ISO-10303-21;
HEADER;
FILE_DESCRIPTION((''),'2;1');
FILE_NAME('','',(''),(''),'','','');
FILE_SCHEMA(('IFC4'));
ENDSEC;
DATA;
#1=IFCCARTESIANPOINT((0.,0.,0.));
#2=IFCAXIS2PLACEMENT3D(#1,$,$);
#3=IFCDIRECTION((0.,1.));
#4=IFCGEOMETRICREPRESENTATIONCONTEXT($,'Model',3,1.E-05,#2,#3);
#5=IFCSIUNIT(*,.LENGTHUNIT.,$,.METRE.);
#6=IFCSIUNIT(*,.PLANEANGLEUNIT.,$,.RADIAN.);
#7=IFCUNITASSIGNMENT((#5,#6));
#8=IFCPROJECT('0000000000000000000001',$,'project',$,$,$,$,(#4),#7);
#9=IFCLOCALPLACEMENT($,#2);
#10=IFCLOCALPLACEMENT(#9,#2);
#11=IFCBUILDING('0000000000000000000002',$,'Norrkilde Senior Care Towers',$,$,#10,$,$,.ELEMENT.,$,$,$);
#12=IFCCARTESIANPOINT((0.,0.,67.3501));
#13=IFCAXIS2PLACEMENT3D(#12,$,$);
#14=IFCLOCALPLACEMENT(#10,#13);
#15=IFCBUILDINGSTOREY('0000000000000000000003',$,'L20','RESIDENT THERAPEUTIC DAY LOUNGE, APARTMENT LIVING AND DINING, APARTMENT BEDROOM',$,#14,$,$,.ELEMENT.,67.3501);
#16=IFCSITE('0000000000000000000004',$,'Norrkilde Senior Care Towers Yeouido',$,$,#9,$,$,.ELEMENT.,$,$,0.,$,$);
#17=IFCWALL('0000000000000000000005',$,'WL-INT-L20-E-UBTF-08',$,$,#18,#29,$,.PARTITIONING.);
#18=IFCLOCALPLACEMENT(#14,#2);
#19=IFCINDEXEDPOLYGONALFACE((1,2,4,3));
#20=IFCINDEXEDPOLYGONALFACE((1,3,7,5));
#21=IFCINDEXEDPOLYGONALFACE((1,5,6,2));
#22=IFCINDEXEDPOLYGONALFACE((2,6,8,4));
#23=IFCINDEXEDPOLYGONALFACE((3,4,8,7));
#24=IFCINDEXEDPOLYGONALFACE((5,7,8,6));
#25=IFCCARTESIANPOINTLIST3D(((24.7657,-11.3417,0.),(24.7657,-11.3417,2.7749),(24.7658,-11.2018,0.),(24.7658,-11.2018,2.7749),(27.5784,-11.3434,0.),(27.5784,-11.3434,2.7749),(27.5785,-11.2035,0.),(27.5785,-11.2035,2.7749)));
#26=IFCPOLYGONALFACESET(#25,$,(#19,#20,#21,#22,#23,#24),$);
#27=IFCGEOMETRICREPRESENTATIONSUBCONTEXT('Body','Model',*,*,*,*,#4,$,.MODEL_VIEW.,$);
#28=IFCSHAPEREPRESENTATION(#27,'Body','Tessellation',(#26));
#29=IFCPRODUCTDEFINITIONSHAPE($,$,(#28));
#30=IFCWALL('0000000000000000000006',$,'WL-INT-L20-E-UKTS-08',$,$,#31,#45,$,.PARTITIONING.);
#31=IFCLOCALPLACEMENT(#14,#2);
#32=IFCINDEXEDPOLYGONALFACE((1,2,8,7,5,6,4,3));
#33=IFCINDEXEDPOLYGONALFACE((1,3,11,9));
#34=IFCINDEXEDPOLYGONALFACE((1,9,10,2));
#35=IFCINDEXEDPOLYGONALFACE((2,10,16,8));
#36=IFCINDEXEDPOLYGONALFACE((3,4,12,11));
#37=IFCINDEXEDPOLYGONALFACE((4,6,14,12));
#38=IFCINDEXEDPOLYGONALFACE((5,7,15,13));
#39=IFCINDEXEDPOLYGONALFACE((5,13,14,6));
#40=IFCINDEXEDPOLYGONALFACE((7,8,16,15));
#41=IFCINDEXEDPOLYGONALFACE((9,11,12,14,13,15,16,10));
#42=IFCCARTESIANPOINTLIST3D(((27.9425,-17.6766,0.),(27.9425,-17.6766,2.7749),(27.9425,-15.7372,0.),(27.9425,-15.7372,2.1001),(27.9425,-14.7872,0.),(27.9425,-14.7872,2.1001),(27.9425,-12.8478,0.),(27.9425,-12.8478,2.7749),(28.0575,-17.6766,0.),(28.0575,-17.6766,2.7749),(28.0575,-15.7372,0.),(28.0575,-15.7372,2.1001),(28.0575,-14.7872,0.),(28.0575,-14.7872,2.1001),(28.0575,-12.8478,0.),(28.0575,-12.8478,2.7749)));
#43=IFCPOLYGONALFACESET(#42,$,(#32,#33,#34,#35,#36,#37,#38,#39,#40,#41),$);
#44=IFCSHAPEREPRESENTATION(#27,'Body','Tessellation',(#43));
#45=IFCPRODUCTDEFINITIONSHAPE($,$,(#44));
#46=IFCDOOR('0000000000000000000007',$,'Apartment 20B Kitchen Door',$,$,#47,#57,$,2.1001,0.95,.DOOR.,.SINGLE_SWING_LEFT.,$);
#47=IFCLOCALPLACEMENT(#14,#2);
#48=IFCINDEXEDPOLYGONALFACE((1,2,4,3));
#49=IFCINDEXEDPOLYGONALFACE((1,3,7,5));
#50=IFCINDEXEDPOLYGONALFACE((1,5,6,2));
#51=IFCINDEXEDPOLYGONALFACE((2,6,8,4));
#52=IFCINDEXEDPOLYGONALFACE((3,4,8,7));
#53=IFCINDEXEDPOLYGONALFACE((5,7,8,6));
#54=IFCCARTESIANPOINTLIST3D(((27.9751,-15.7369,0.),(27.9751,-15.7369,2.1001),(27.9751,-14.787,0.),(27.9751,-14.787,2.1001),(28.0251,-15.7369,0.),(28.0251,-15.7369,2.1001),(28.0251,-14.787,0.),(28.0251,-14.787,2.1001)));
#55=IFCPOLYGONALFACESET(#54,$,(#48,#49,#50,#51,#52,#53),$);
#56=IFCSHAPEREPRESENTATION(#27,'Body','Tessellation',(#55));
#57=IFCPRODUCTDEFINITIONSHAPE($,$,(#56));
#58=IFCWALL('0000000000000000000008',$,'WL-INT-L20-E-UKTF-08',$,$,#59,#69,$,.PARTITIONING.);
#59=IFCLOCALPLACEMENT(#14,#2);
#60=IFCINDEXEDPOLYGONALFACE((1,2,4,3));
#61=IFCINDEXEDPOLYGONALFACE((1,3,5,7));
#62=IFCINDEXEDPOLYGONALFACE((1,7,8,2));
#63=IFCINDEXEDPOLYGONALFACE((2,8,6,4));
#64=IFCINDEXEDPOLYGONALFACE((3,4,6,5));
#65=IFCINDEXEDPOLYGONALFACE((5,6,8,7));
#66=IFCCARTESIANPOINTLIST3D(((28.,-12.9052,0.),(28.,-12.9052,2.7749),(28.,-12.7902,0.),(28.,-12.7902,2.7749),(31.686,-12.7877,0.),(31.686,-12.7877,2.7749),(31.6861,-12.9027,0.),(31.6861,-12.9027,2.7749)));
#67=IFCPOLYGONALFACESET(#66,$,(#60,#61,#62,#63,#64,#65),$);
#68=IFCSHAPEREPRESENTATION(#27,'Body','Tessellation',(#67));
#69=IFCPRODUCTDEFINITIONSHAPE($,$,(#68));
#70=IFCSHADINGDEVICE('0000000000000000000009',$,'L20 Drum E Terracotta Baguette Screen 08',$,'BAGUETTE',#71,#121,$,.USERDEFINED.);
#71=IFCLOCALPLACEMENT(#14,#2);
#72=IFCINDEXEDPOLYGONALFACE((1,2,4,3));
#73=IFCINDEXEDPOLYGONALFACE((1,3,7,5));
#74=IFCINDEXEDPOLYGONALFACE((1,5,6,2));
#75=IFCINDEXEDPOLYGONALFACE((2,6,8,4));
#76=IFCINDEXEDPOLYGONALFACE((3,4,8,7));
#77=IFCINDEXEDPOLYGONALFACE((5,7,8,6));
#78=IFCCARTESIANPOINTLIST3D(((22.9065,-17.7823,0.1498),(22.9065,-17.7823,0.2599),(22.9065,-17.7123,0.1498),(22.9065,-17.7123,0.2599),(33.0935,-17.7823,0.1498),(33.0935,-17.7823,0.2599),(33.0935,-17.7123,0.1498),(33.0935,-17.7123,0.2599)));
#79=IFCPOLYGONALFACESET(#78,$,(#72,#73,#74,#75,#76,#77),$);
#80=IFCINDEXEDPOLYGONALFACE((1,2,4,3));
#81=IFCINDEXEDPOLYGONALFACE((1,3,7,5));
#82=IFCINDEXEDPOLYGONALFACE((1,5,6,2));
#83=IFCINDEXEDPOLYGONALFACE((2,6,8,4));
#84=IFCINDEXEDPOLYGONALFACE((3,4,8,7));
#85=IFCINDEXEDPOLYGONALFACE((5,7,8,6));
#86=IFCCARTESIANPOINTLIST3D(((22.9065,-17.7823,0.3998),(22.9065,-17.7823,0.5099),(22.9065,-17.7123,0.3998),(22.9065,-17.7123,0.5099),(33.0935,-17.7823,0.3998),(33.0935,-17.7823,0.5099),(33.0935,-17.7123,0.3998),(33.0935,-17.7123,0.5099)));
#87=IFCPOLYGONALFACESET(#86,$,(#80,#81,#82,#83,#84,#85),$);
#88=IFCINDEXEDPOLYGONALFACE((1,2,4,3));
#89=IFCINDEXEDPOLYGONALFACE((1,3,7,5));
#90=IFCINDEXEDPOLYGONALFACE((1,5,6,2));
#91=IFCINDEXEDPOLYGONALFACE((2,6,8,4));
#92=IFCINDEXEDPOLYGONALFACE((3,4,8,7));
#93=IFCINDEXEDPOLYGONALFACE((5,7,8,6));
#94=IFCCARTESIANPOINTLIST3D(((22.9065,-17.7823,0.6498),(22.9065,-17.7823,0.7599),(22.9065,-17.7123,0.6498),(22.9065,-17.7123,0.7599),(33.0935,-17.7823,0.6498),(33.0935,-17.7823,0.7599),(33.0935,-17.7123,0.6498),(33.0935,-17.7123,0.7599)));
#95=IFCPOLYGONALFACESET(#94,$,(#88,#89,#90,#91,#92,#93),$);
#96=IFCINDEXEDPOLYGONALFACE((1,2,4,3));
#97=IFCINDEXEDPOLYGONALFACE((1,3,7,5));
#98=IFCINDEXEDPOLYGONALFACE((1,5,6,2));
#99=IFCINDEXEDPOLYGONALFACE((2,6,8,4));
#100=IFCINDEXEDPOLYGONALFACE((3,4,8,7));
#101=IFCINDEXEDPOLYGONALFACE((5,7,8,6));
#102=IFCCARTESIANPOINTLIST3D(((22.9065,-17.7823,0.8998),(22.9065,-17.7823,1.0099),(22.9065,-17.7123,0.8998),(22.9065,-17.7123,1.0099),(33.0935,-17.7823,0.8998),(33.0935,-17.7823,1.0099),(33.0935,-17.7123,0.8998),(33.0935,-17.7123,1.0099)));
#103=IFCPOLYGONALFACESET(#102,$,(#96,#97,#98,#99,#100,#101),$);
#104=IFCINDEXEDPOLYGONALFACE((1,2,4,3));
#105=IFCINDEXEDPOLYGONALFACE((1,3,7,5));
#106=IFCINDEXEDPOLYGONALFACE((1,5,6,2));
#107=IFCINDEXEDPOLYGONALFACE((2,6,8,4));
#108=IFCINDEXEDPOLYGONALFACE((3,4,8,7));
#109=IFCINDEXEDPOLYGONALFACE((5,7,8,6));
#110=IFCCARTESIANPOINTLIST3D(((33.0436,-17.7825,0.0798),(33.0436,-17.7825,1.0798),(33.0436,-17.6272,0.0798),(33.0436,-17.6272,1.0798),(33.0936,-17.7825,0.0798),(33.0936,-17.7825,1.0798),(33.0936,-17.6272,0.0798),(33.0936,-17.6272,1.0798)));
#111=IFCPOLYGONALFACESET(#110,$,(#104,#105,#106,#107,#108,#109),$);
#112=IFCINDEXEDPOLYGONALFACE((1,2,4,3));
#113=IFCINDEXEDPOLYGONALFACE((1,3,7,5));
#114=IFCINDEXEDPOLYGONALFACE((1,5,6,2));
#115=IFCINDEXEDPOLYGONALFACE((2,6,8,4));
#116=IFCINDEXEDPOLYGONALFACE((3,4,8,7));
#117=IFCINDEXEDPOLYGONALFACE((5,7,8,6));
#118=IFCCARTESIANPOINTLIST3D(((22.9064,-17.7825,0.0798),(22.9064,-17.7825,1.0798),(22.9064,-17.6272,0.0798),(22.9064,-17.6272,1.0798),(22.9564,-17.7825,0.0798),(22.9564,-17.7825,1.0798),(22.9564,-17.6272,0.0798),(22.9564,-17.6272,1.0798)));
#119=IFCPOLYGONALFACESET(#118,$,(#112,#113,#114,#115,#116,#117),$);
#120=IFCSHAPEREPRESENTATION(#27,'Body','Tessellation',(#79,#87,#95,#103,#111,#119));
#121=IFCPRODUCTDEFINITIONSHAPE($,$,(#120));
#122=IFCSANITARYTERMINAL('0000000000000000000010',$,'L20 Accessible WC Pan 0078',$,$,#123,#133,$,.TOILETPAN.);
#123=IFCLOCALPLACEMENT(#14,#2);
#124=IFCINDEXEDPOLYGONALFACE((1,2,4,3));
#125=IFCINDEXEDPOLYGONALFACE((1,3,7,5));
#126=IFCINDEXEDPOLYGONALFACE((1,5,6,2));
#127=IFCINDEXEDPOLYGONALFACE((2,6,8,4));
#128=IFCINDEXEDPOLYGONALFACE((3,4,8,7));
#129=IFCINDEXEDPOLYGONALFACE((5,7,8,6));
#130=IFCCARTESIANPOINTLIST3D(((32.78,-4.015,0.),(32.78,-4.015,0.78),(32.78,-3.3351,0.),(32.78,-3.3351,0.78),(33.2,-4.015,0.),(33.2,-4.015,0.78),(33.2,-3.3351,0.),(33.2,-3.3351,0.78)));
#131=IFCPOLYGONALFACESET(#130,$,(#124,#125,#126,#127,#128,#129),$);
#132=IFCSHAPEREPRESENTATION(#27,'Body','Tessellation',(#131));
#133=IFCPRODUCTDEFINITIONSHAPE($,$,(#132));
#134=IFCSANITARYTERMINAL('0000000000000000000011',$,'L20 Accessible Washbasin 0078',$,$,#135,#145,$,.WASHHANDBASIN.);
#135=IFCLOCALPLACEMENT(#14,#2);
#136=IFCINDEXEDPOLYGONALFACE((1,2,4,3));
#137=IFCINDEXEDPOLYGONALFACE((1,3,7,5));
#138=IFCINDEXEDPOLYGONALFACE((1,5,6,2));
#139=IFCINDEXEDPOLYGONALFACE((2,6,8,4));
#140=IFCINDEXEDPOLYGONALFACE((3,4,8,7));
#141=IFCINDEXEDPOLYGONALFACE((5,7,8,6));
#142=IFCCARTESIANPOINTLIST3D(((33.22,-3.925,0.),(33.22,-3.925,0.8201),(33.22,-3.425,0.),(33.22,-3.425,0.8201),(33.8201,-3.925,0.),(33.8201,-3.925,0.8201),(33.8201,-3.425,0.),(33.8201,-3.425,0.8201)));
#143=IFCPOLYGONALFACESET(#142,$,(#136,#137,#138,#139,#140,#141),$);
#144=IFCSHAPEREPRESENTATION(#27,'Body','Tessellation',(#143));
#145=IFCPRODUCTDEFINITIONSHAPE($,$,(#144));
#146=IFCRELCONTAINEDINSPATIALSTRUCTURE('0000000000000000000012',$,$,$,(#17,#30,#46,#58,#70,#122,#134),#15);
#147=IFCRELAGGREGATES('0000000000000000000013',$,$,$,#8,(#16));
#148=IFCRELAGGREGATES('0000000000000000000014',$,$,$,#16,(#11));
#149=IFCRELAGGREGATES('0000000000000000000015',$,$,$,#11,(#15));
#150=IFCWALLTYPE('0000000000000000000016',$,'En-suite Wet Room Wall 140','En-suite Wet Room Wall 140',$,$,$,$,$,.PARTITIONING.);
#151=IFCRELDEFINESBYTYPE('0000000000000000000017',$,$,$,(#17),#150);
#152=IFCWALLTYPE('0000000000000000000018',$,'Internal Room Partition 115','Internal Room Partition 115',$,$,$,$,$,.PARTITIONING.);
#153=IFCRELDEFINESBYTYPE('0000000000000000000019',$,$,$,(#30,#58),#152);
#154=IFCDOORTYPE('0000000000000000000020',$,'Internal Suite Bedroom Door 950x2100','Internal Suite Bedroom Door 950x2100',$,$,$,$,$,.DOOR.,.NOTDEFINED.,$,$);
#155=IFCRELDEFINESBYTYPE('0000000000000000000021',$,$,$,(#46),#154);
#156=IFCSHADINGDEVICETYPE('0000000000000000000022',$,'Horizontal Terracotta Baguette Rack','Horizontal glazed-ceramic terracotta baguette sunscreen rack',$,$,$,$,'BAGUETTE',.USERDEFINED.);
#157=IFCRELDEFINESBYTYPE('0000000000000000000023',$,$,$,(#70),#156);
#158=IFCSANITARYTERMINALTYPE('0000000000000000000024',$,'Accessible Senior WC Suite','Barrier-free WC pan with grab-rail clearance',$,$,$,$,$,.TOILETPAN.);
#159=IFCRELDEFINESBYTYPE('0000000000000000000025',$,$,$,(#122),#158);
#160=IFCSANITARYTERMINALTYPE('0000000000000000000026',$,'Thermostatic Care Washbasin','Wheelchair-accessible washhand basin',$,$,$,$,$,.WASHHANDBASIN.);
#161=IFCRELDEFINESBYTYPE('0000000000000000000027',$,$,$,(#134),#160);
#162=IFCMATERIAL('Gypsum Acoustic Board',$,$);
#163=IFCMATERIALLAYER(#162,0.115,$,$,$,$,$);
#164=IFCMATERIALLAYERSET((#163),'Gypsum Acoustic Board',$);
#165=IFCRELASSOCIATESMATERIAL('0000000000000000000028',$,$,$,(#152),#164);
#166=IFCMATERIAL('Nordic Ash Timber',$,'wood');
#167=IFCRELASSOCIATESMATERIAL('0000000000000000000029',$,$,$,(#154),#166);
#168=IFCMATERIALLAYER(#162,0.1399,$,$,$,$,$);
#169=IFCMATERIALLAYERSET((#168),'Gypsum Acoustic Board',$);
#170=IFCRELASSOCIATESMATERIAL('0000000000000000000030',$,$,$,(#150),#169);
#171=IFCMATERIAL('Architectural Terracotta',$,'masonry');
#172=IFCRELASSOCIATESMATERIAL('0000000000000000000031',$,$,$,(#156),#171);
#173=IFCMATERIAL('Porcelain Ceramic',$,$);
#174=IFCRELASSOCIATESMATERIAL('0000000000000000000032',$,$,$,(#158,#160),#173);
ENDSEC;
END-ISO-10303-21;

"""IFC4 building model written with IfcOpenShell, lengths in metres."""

from ifc_helpers import new_model, si_unit, direction, frame, frame_2d, origin, origin_2d, place, context, subcontext, project, spatial, rectangle, extrude, source, transform, mapped, material, layer, layer_set, type_object, type_shapes, element, fill, save


model = new_model("IFC4")

# Units and contexts
model_context = context("Model", 3, precision=1e-05, world=origin(), true_north=direction((0.0, 1.0)))
body_context = subcontext(model_context, "Body", "Model", "MODEL_VIEW")
ifc_project = project(units=[si_unit("LENGTHUNIT", "METRE"), si_unit("PLANEANGLEUNIT", "RADIAN")], contexts=[model_context])

# Site, building, storey
site_placement = place(None, origin())
site = spatial("IfcSite", under=ifc_project, at=site_placement, Name="Norrkilde Senior Care Towers Yeouido", CompositionType="ELEMENT", RefElevation=0.0)
building_placement = place(site_placement, origin())
building = spatial("IfcBuilding", under=site, at=building_placement, Name="Norrkilde Senior Care Towers", CompositionType="ELEMENT")
storey_placement = place(building_placement, frame((0.0, 0.0, 67.3501)))
storey = spatial("IfcBuildingStorey", under=building, at=storey_placement, Name="L20", Description="RESIDENT THERAPEUTIC DAY LOUNGE, APARTMENT LIVING AND DINING, APARTMENT BEDROOM", CompositionType="ELEMENT", Elevation=67.3501)

# Shared definitions
ifc_material_1 = material(Name="Gypsum Acoustic Board")
ifc_layer_1 = layer(ifc_material_1, 0.115)
ifc_layer_set_1 = layer_set([ifc_layer_1], Name="Gypsum Acoustic Board")
wall_type_1 = type_object("IfcWallType", Name="Internal Room Partition 115", Description="Internal Room Partition 115", PredefinedType="PARTITIONING", material=ifc_layer_set_1)
ifc_material_2 = material(Name="Nordic Ash Timber", Category="wood")
door_type_1 = type_object("IfcDoorType", Name="Internal Suite Bedroom Door 950x2100", Description="Internal Suite Bedroom Door 950x2100", OperationType="NOTDEFINED", PredefinedType="DOOR", material=ifc_material_2)
shared_shape_1 = source(origin(), body_context, "Body", "SweptSolid", [
    extrude(rectangle(XDim=0.95, YDim=2.1001, at=frame_2d((0.4751, 1.05))), frame((0.0, 0.0249, 0.0), z_axis=(0.0, -1.0, 0.0), x_axis=(1.0, 0.0, 0.0)), (0.0, 0.0, 1.0), 0.05),
])
type_shapes(door_type_1, [shared_shape_1])

# Shared definitions
ifc_layer_2 = layer(ifc_material_1, 0.1399)
ifc_layer_set_2 = layer_set([ifc_layer_2], Name="Gypsum Acoustic Board")
wall_type_2 = type_object("IfcWallType", Name="En-suite Wet Room Wall 140", Description="En-suite Wet Room Wall 140", PredefinedType="PARTITIONING", material=ifc_layer_set_2)

# Wall
shared_shape_2 = source(origin(), body_context, "Body", "SweptSolid", [
    extrude(rectangle(XDim=2.8127, YDim=0.1399, at=frame_2d((1.4062, 0.0))), origin(), (0.0, 0.0, 1.0), 2.7749),
])
wall_1_placement = place(storey_placement, frame((27.5784, -11.2734, 0.0), z_axis=(0.0, 0.0, 1.0), x_axis=(-1.0, 0.000608, 0.0)))
element("IfcWall", 1, at=wall_1_placement, inside=storey, type_object=wall_type_2, Name="WL-INT-L20-E-UBTF-08", PredefinedType="PARTITIONING", context=body_context, shape_type="MappedRepresentation", body=[
    mapped(shared_shape_2, transform((0.0, 0.0, 0.0), x_axis=(1.0, 0.0, 0.0), y_axis=(0.0, 1.0, 0.0), z_axis=(0.0, 0.0, 1.0), scale=1.0)),
])

# Wall, opening, door
shared_shape_3 = source(origin(), body_context, "Body", "SweptSolid", [
    extrude(rectangle(XDim=4.8289, YDim=0.115, at=frame_2d((2.4146, 0.0))), origin(), (0.0, 0.0, 1.0), 2.7749),
])
wall_2_placement = place(storey_placement, frame((28.0, -12.8477, 0.0), z_axis=(0.0, 0.0, 1.0), x_axis=(0.0, -1.0, 0.0)))
wall_2 = element("IfcWall", 2, at=wall_2_placement, inside=storey, type_object=wall_type_1, Name="WL-INT-L20-E-UKTS-08", PredefinedType="PARTITIONING", context=body_context, shape_type="MappedRepresentation", body=[
    mapped(shared_shape_3, transform((0.0, 0.0, 0.0), x_axis=(1.0, 0.0, 0.0), y_axis=(0.0, 1.0, 0.0), z_axis=(0.0, 0.0, 1.0), scale=1.0)),
])
opening_1_placement = place(wall_2_placement, frame((1.9395, 0.0, 0.0)))
opening_1 = element("IfcOpeningElement", 3, at=opening_1_placement, cuts=wall_2, PredefinedType="OPENING", context=body_context, shape_type="SweptSolid", body=[
    extrude(rectangle(XDim=0.95, YDim=2.1001, at=frame_2d((0.4751, 1.05))), frame((0.0, 0.0674, 0.0), z_axis=(0.0, -1.0, 0.0), x_axis=(1.0, 0.0, 0.0)), (0.0, 0.0, 1.0), 0.135),
])
door_1_placement = place(opening_1_placement, frame((0.95, 0.0, 0.0), z_axis=(0.0, 0.0, 1.0), x_axis=(-1.0, 0.0, 0.0)))
door_1 = element("IfcDoor", 4, at=door_1_placement, inside=storey, type_object=door_type_1, Name="Apartment 20B Kitchen Door", OperationType="SINGLE_SWING_LEFT", OverallHeight=2.1001, OverallWidth=0.95, PredefinedType="DOOR", context=body_context, shape_type="MappedRepresentation", body=[
    mapped(shared_shape_1, transform((0.0, 0.0, 0.0), x_axis=(1.0, 0.0, 0.0), y_axis=(0.0, 1.0, 0.0), z_axis=(0.0, 0.0, 1.0), scale=1.0)),
])
fill(opening_1, door_1)

# Wall
shared_shape_4 = source(origin(), body_context, "Body", "SweptSolid", [
    extrude(rectangle(XDim=3.686, YDim=0.115, at=frame_2d((1.843, 0.0))), origin(), (0.0, 0.0, 1.0), 2.7749),
])
wall_3_placement = place(storey_placement, frame((28.0, -12.8477, 0.0), z_axis=(0.0, 0.0, 1.0), x_axis=(1.0, 0.000662, 0.0)))
element("IfcWall", 5, at=wall_3_placement, inside=storey, type_object=wall_type_1, Name="WL-INT-L20-E-UKTF-08", PredefinedType="PARTITIONING", context=body_context, shape_type="MappedRepresentation", body=[
    mapped(shared_shape_4, transform((0.0, 0.0, 0.0), x_axis=(1.0, 0.0, 0.0), y_axis=(0.0, 1.0, 0.0), z_axis=(0.0, 0.0, 1.0), scale=1.0)),
])

# Shading device
ifc_material_3 = material(Name="Architectural Terracotta", Category="masonry")
shading_device_type = type_object("IfcShadingDeviceType", Name="Horizontal Terracotta Baguette Rack", Description="Horizontal glazed-ceramic terracotta baguette sunscreen rack", ElementType="BAGUETTE", PredefinedType="USERDEFINED", material=ifc_material_3)
shared_shape_5 = source(origin(), body_context, "Body", "SweptSolid", [
    extrude(rectangle(XDim=0.0701, YDim=0.1101, at=origin_2d()), frame((0.0, 0.0901, 0.125), z_axis=(1.0, 0.0, 0.0), x_axis=(0.0, 1.0, 0.0)), (0.0, 0.0, 1.0), 10.187),
    extrude(rectangle(XDim=0.0701, YDim=0.1101, at=origin_2d()), frame((0.0, 0.0901, 0.375), z_axis=(1.0, 0.0, 0.0), x_axis=(0.0, 1.0, 0.0)), (0.0, 0.0, 1.0), 10.187),
    extrude(rectangle(XDim=0.0701, YDim=0.1101, at=origin_2d()), frame((0.0, 0.0901, 0.625), z_axis=(1.0, 0.0, 0.0), x_axis=(0.0, 1.0, 0.0)), (0.0, 0.0, 1.0), 10.187),
    extrude(rectangle(XDim=0.0701, YDim=0.1101, at=origin_2d()), frame((0.0, 0.0901, 0.875), z_axis=(1.0, 0.0, 0.0), x_axis=(0.0, 1.0, 0.0)), (0.0, 0.0, 1.0), 10.187),
    extrude(rectangle(XDim=0.05, YDim=0.1553, at=origin_2d()), frame((0.0249, 0.0476, 0.0)), (0.0, 0.0, 1.0), 1.0),
    extrude(rectangle(XDim=0.05, YDim=0.1553, at=origin_2d()), frame((10.1621, 0.0476, 0.0)), (0.0, 0.0, 1.0), 1.0),
])
type_shapes(shading_device_type, [shared_shape_5])
shading_device_placement = place(storey_placement, frame((33.0935, -17.6572, 0.0798), z_axis=(0.0, 0.0, 1.0), x_axis=(-1.0, 0.0, 0.0)))
element("IfcShadingDevice", 6, at=shading_device_placement, inside=storey, type_object=shading_device_type, Name="L20 Drum E Terracotta Baguette Screen 08", ObjectType="BAGUETTE", PredefinedType="USERDEFINED", context=body_context, shape_type="MappedRepresentation", body=[
    mapped(shared_shape_5, transform((0.0, 0.0, 0.0), x_axis=(1.0, 0.0, 0.0), y_axis=(0.0, 1.0, 0.0), z_axis=(0.0, 0.0, 1.0), scale=1.0)),
])

# Sanitary terminals
ifc_material_4 = material(Name="Porcelain Ceramic")
sanitary_terminal_type_1 = type_object("IfcSanitaryTerminalType", Name="Accessible Senior WC Suite", Description="Barrier-free WC pan with grab-rail clearance", PredefinedType="TOILETPAN", material=ifc_material_4)
shared_shape_6 = source(origin(), body_context, "Body", "SweptSolid", [
    extrude(rectangle(XDim=0.4199, YDim=0.6799, at=origin_2d()), origin(), (0.0, 0.0, 1.0), 0.78),
])
type_shapes(sanitary_terminal_type_1, [shared_shape_6])
sanitary_terminal_1_placement = place(storey_placement, frame((32.99, -3.675, 0.0), z_axis=(0.0, 0.0, 1.0), x_axis=(1.0, 0.0, 0.0)))
element("IfcSanitaryTerminal", 7, at=sanitary_terminal_1_placement, inside=storey, type_object=sanitary_terminal_type_1, Name="L20 Accessible WC Pan 0078", PredefinedType="TOILETPAN", context=body_context, shape_type="MappedRepresentation", body=[
    mapped(shared_shape_6, transform((0.0, 0.0, 0.0), x_axis=(1.0, 0.0, 0.0), y_axis=(0.0, 1.0, 0.0), z_axis=(0.0, 0.0, 1.0), scale=1.0)),
])
sanitary_terminal_type_2 = type_object("IfcSanitaryTerminalType", Name="Thermostatic Care Washbasin", Description="Wheelchair-accessible washhand basin", PredefinedType="WASHHANDBASIN", material=ifc_material_4)
shared_shape_7 = source(origin(), body_context, "Body", "SweptSolid", [
    extrude(rectangle(XDim=0.6001, YDim=0.5, at=origin_2d()), origin(), (0.0, 0.0, 1.0), 0.8201),
])
type_shapes(sanitary_terminal_type_2, [shared_shape_7])
sanitary_terminal_2_placement = place(storey_placement, frame((33.52, -3.675, 0.0), z_axis=(0.0, 0.0, 1.0), x_axis=(1.0, 0.0, 0.0)))
element("IfcSanitaryTerminal", 8, at=sanitary_terminal_2_placement, inside=storey, type_object=sanitary_terminal_type_2, Name="L20 Accessible Washbasin 0078", PredefinedType="WASHHANDBASIN", context=body_context, shape_type="MappedRepresentation", body=[
    mapped(shared_shape_7, transform((0.0, 0.0, 0.0), x_axis=(1.0, 0.0, 0.0), y_axis=(0.0, 1.0, 0.0), z_axis=(0.0, 0.0, 1.0), scale=1.0)),
])

save(model, "model.ifc")
